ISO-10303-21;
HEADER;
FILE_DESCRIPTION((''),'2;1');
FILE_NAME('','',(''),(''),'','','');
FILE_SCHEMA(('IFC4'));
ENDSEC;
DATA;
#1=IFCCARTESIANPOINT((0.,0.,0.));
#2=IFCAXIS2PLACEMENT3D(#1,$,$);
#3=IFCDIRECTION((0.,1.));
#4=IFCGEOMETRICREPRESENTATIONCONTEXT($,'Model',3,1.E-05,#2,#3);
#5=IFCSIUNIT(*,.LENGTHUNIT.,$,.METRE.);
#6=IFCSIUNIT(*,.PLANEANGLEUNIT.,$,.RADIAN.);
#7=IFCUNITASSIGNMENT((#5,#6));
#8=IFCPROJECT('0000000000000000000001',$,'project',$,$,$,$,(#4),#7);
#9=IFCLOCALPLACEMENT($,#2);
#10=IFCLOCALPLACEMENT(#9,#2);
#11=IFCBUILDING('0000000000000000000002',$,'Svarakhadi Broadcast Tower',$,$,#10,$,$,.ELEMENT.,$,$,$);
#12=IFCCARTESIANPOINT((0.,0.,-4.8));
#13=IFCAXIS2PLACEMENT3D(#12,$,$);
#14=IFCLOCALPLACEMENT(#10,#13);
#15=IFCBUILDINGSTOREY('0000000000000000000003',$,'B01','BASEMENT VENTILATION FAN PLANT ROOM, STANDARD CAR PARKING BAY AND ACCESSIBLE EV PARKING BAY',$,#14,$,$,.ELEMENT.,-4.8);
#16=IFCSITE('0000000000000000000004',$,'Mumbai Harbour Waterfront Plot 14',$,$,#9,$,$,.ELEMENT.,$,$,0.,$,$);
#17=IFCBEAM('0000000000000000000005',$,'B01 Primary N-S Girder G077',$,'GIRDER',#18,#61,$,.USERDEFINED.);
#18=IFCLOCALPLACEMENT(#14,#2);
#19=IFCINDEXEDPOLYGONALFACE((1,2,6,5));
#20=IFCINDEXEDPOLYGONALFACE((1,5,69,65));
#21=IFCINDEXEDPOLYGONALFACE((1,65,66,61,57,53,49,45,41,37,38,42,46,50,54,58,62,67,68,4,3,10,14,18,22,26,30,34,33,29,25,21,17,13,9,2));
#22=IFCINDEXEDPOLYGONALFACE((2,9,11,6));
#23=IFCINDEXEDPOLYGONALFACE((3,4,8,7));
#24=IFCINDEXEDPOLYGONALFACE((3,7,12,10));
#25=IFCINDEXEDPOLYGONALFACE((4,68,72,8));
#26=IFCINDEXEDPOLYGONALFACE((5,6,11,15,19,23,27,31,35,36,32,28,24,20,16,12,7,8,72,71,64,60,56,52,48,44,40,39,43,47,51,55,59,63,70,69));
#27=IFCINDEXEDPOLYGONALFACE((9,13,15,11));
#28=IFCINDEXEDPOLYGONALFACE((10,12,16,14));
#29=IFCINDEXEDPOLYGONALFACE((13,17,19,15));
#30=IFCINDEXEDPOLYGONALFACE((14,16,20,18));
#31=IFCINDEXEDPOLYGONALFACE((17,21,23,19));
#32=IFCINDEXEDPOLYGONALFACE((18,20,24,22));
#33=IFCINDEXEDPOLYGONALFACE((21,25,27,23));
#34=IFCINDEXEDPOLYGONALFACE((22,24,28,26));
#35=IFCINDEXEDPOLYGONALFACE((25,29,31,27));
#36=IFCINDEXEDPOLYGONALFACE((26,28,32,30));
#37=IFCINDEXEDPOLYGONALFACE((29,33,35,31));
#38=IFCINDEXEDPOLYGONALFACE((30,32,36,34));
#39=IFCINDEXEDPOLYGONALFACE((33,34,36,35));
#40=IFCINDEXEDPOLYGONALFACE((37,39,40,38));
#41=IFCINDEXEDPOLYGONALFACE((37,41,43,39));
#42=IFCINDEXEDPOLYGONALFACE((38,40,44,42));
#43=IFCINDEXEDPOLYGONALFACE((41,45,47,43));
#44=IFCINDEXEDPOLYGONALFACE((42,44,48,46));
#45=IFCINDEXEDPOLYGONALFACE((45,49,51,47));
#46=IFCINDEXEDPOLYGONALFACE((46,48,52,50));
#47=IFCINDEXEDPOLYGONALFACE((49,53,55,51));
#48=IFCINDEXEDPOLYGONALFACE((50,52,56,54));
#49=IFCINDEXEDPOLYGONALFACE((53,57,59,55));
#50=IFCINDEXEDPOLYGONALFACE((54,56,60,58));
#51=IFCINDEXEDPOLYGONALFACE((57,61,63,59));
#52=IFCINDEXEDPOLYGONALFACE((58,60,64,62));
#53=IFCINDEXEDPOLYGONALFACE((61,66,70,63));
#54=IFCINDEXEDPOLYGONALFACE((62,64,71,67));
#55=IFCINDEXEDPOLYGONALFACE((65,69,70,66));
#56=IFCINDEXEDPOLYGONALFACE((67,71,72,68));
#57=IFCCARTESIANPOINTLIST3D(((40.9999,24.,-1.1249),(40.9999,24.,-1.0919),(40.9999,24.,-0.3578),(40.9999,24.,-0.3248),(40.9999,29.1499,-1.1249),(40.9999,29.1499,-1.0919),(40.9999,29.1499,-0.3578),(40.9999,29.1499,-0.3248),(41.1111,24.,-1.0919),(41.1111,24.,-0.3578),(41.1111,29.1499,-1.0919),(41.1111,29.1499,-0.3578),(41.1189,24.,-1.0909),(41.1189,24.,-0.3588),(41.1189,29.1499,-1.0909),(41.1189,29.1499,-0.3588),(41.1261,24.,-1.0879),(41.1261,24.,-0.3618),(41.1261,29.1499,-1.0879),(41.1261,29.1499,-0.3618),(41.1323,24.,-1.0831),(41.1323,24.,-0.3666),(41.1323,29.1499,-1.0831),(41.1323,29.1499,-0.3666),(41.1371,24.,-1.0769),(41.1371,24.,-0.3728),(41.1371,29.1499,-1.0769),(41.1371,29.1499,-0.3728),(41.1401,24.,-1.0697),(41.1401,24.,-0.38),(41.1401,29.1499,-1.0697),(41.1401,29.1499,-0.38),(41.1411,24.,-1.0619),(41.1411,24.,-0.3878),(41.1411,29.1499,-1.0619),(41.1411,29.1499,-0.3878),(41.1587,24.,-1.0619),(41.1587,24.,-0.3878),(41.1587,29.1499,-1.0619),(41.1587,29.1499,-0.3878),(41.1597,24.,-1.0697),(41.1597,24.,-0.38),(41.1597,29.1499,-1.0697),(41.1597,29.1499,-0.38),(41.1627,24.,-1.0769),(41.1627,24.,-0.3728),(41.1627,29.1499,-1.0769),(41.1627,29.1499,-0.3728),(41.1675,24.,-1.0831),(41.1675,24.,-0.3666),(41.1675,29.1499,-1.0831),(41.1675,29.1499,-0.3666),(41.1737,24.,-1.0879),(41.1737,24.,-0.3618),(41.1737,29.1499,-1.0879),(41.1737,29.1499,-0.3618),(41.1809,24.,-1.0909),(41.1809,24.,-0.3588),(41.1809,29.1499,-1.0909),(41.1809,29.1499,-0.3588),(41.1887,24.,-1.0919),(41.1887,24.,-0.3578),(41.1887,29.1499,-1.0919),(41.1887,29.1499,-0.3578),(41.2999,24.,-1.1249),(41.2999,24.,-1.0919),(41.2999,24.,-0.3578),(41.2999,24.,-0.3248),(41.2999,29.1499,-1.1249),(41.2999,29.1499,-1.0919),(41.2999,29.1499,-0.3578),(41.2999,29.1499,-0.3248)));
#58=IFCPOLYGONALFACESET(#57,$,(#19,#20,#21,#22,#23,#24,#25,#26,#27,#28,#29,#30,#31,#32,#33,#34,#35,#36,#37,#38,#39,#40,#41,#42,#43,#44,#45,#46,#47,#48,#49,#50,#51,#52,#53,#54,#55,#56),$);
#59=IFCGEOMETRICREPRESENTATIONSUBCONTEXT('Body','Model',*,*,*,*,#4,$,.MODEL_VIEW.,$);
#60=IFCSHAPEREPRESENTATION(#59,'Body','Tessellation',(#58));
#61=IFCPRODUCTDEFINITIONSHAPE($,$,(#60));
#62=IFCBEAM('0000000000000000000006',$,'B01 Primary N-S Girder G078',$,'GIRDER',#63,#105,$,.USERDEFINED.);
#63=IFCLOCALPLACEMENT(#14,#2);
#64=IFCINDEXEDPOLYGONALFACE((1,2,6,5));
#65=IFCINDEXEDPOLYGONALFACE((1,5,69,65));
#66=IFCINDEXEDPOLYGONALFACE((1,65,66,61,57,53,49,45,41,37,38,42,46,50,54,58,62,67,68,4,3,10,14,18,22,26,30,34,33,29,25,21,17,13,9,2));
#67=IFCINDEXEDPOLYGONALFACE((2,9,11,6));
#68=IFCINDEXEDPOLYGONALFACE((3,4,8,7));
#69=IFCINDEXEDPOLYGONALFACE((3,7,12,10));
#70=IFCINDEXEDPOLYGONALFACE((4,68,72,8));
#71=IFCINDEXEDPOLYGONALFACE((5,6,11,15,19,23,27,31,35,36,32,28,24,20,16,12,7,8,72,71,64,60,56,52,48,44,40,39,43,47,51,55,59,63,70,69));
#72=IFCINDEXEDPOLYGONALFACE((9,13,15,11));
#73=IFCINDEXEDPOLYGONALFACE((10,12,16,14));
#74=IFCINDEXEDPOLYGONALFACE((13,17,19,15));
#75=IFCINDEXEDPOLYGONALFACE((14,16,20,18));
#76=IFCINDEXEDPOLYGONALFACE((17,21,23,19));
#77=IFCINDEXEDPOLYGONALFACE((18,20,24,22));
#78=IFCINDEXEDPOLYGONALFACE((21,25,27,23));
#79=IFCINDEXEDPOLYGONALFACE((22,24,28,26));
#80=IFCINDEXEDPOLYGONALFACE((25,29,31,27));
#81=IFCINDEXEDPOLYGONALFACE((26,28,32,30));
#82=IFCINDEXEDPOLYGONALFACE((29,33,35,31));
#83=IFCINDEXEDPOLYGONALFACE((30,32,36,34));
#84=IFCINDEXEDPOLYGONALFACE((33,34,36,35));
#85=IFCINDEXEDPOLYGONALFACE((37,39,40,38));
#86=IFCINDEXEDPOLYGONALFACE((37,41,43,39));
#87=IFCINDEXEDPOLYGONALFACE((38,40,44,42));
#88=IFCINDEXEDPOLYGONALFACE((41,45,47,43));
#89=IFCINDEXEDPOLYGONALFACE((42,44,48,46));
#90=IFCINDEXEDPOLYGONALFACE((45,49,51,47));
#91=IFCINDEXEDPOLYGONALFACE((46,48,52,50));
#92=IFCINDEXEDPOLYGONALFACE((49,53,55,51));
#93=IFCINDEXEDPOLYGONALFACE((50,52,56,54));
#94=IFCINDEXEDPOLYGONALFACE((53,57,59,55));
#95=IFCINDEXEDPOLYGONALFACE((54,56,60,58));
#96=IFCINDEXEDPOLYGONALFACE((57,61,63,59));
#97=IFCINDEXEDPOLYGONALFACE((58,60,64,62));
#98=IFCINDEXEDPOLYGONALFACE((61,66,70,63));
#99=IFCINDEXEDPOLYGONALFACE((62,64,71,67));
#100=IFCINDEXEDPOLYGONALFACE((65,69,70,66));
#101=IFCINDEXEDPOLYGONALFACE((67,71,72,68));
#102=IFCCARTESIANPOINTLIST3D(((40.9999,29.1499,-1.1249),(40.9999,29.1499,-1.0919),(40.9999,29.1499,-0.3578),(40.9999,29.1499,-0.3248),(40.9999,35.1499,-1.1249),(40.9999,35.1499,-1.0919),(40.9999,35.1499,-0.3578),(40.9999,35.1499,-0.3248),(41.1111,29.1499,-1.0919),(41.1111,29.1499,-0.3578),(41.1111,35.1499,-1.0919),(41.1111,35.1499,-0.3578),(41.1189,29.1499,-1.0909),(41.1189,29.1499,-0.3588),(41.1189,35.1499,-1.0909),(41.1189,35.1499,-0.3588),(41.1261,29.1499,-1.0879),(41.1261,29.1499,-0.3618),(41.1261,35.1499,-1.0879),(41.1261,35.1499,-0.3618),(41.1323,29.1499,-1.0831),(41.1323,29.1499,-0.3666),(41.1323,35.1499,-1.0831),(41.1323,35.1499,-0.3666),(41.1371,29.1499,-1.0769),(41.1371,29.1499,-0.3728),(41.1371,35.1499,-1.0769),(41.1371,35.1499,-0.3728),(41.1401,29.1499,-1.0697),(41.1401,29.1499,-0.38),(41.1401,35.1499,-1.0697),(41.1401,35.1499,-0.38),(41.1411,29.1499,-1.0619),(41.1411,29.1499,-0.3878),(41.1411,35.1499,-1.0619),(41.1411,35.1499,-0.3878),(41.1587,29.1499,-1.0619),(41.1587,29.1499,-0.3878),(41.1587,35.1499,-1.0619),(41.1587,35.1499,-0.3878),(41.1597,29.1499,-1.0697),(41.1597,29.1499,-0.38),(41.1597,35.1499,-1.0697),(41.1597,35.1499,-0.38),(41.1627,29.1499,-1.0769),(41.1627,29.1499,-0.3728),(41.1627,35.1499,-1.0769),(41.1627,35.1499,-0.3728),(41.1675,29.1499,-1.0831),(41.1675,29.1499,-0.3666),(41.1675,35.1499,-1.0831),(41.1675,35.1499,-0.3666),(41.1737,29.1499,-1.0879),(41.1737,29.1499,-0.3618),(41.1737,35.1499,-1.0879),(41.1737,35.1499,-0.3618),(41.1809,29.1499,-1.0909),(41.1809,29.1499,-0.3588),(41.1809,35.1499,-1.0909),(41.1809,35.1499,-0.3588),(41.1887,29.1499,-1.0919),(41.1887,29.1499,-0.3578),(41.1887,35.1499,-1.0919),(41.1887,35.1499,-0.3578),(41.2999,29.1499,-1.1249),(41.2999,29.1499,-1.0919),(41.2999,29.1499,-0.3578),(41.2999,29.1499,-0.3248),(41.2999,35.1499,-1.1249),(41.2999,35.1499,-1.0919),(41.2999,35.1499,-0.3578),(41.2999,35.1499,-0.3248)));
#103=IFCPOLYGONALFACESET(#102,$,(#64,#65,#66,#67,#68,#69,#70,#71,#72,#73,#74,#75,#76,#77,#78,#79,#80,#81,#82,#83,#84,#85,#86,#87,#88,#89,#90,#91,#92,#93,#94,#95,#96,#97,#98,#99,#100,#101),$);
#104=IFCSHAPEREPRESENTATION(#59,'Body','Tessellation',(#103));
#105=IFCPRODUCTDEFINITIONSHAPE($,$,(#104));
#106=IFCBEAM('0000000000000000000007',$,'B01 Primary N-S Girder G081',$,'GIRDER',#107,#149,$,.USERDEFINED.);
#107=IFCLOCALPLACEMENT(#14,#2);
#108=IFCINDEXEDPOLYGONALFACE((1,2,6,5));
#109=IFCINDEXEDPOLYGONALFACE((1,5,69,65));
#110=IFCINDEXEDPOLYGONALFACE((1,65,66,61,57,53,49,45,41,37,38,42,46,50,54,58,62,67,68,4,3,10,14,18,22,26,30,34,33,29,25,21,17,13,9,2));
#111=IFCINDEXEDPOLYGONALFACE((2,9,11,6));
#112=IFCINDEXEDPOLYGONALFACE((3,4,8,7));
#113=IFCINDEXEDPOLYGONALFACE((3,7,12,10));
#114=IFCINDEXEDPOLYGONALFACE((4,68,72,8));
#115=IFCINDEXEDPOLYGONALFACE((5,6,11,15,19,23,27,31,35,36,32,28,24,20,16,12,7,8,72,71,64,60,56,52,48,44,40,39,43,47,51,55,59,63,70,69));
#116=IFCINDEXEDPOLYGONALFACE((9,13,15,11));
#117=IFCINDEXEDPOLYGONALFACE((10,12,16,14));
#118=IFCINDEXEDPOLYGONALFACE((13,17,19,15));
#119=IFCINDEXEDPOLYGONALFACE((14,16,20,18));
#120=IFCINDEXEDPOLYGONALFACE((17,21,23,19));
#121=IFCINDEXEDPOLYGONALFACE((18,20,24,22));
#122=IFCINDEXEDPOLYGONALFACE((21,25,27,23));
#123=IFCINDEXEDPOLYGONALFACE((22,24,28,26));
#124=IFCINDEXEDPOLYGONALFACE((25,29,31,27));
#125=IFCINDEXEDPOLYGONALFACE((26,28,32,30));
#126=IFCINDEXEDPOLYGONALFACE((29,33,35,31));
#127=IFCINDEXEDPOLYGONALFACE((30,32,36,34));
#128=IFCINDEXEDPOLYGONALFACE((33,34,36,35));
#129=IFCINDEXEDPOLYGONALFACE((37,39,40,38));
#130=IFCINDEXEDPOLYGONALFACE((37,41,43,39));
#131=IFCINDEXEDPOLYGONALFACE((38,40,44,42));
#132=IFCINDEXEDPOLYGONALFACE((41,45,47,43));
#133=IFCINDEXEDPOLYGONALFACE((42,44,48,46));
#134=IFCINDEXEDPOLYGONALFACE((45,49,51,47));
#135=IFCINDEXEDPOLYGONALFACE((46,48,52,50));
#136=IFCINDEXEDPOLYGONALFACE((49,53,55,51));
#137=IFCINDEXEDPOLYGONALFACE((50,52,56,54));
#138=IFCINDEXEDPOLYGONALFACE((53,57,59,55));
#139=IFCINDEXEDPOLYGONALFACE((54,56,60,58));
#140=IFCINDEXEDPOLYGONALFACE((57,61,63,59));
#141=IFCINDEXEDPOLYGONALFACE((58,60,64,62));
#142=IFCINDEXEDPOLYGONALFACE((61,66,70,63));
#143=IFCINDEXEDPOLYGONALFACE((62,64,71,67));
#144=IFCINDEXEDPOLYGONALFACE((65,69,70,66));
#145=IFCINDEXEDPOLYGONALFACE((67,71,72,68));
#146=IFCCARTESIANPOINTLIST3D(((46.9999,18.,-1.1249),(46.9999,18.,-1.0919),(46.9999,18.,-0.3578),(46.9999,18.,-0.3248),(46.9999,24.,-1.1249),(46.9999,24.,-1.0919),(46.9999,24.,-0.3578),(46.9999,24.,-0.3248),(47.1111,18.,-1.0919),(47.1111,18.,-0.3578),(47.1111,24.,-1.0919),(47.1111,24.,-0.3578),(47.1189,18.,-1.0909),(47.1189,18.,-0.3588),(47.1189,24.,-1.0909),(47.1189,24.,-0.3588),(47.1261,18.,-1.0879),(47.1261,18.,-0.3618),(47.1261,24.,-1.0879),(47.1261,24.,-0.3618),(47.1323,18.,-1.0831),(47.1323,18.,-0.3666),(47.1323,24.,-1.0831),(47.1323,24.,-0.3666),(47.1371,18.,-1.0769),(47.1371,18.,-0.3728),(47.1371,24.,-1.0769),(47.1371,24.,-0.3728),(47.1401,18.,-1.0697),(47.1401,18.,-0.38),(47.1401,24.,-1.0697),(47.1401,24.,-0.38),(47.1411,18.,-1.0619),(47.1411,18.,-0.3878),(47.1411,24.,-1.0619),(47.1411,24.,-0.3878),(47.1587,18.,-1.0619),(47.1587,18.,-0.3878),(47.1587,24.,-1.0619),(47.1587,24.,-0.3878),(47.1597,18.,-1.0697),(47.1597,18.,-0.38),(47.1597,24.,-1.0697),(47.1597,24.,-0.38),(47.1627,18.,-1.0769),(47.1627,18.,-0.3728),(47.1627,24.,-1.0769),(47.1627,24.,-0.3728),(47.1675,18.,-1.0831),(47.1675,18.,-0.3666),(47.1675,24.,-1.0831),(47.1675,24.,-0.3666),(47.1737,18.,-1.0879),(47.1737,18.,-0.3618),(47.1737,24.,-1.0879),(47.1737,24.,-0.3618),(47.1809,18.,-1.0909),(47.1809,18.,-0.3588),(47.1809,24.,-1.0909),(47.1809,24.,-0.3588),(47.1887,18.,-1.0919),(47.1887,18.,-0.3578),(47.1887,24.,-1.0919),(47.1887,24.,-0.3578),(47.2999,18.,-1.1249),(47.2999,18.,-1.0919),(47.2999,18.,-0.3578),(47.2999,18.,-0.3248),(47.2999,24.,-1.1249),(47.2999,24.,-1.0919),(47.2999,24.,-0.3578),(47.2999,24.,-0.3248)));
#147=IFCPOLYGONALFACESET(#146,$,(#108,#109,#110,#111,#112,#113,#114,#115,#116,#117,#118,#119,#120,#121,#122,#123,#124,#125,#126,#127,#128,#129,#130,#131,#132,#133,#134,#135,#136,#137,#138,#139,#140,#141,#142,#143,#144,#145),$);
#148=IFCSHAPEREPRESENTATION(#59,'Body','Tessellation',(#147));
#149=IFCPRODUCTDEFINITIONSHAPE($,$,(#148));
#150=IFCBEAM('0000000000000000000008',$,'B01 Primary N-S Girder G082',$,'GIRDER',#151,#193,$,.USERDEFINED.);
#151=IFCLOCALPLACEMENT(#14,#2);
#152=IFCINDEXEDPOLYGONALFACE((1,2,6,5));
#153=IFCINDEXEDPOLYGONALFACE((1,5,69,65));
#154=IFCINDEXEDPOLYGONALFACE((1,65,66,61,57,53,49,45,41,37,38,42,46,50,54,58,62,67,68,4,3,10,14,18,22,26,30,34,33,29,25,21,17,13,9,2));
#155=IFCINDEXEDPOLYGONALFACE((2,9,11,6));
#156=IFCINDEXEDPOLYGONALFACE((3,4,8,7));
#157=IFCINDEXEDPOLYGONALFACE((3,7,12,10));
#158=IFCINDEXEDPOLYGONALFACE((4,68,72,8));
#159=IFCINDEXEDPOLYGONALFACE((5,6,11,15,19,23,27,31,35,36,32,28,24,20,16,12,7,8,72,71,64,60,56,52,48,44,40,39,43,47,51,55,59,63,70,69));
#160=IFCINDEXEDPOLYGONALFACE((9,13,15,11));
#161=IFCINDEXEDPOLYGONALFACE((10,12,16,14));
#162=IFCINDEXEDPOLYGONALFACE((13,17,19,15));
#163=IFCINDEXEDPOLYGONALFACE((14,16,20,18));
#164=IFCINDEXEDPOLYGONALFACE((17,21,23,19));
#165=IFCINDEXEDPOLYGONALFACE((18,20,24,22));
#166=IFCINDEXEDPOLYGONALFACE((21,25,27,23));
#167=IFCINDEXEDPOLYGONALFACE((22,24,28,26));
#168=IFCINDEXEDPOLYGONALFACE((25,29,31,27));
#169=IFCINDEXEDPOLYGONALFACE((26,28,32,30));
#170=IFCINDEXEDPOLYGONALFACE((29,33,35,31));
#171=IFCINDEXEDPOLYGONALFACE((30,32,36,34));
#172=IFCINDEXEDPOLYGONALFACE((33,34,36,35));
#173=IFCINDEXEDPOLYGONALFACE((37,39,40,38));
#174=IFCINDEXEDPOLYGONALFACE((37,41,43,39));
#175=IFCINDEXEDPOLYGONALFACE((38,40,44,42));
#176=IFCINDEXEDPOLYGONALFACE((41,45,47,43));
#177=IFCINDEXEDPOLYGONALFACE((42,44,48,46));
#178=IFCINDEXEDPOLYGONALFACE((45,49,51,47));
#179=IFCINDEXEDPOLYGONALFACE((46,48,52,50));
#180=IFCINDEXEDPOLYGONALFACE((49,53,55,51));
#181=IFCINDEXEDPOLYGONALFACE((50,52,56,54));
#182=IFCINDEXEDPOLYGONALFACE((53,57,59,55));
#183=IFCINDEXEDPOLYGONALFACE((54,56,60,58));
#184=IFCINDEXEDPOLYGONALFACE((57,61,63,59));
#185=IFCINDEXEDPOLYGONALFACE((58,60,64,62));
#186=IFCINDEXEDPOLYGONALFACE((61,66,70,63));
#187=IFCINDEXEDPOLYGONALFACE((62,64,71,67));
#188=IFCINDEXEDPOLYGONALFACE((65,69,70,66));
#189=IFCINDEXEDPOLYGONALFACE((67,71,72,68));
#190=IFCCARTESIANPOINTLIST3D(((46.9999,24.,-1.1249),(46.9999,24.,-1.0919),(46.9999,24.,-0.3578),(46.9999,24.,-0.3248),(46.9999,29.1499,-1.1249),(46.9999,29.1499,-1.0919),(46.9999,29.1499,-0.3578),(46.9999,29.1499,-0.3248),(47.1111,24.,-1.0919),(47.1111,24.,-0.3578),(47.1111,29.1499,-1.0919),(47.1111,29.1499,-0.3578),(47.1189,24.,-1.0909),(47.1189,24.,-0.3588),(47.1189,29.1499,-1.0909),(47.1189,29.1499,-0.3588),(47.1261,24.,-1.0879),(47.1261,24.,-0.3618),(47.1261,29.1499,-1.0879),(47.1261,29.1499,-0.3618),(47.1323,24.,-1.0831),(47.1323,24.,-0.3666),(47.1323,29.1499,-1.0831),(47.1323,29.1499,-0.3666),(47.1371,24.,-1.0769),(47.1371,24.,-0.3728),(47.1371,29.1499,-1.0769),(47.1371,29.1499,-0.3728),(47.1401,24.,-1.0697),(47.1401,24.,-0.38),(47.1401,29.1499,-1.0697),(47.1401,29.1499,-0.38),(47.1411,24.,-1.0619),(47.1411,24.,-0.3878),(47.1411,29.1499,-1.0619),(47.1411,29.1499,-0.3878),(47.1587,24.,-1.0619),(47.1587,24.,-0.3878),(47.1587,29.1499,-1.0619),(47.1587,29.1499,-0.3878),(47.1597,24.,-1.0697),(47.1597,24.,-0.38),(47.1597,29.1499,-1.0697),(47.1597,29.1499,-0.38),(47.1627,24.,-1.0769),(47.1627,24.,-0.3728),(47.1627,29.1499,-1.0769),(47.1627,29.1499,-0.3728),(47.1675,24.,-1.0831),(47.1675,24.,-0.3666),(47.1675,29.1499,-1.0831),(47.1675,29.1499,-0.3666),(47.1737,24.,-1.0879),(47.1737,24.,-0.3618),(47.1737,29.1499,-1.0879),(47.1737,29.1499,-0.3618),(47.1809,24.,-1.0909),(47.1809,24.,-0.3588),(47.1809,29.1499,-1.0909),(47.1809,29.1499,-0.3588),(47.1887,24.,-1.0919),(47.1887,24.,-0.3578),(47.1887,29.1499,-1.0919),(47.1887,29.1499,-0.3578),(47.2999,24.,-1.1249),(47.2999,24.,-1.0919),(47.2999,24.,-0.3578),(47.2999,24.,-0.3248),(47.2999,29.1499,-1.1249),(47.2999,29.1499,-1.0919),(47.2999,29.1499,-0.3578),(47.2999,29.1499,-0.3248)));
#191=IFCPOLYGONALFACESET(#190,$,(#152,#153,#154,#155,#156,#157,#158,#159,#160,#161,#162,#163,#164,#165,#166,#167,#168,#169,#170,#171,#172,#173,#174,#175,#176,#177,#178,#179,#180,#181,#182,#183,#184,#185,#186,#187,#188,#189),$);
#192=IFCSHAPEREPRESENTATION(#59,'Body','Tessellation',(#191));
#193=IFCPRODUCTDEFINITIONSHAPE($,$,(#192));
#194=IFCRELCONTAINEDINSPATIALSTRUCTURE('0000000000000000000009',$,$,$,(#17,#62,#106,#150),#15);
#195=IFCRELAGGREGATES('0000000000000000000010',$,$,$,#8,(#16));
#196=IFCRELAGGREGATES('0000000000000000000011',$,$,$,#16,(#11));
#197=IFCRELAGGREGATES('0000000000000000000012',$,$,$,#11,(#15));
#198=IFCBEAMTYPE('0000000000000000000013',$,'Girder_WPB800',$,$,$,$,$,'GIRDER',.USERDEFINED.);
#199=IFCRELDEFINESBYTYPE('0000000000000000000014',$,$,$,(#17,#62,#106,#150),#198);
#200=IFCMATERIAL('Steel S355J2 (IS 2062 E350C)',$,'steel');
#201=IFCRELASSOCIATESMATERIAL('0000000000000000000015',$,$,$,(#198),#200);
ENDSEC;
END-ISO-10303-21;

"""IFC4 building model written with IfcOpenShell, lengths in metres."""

from ifc_helpers import new_model, si_unit, direction, frame, origin, origin_2d, place, context, subcontext, project, spatial, i_section, extrude, material, material_profile, profile_set, type_object, element, save


model = new_model("IFC4")

# Units and contexts
model_context = context("Model", 3, precision=1e-05, world=origin(), true_north=direction((0.0, 1.0)))
body_context = subcontext(model_context, "Body", "Model", "MODEL_VIEW")
ifc_project = project(units=[si_unit("LENGTHUNIT", "METRE"), si_unit("PLANEANGLEUNIT", "RADIAN")], contexts=[model_context])

# Site, building, storey
site_placement = place(None, origin())
site = spatial("IfcSite", under=ifc_project, at=site_placement, Name="Mumbai Harbour Waterfront Plot 14", CompositionType="ELEMENT", RefElevation=0.0)
building_placement = place(site_placement, origin())
building = spatial("IfcBuilding", under=site, at=building_placement, Name="Svarakhadi Broadcast Tower", CompositionType="ELEMENT")
storey_placement = place(building_placement, frame((0.0, 0.0, -4.8)))
storey = spatial("IfcBuildingStorey", under=building, at=storey_placement, Name="B01", Description="BASEMENT VENTILATION FAN PLANT ROOM, STANDARD CAR PARKING BAY AND ACCESSIBLE EV PARKING BAY", CompositionType="ELEMENT", Elevation=-4.8)

# Beams
ifc_material_1 = material(Name="Steel S355J2 (IS 2062 E350C)", Category="steel")
ifc_material_profile_1 = material_profile(ifc_material_1, i_section(OverallWidth=0.3, OverallDepth=0.8, WebThickness=0.0176, FlangeThickness=0.033, FilletRadius=0.03, at=origin_2d()), Name="WPB 800x300x262")
ifc_profile_set_1 = profile_set([ifc_material_profile_1], Name="Steel S355J2 (IS 2062 E350C)")
beam_type_1 = type_object("IfcBeamType", Name="Girder_WPB800", ElementType="GIRDER", PredefinedType="USERDEFINED", material=ifc_profile_set_1)
beam_1_placement = place(storey_placement, frame((41.1499, 24.0, -0.7249), z_axis=(0.0, 1.0, 0.0), x_axis=(-1.0, 0.0, 0.0)))
element("IfcBeam", 1, at=beam_1_placement, inside=storey, type_object=beam_type_1, Name="B01 Primary N-S Girder G077", ObjectType="GIRDER", PredefinedType="USERDEFINED", context=body_context, shape_type="SweptSolid", body=[
    extrude(i_section(OverallWidth=0.3, OverallDepth=0.8, WebThickness=0.0176, FlangeThickness=0.033, FilletRadius=0.03, at=origin_2d()), origin(), (0.0, 0.0, 1.0), 5.1499),
])
for number, where, z_axis, x_axis, name in (
    (2, (41.1499, 29.1499, -0.7249), (0.0, 1.0, 0.0), (-1.0, 0.0, 0.0), "B01 Primary N-S Girder G078"),
    (3, (47.1499, 18.0, -0.7249), (0.0, 1.0, 0.0), (-1.0, 0.0, 0.0), "B01 Primary N-S Girder G081"),
):
    element("IfcBeam", number, at=place(storey_placement, frame(where, z_axis=z_axis, x_axis=x_axis)), inside=storey, type_object=beam_type_1, Name=name, ObjectType="GIRDER", PredefinedType="USERDEFINED", context=body_context, shape_type="SweptSolid", body=[
        extrude(i_section(OverallWidth=0.3, OverallDepth=0.8, WebThickness=0.0176, FlangeThickness=0.033, FilletRadius=0.03, at=origin_2d()), origin(), (0.0, 0.0, 1.0), 6.0),
    ])
beam_2_placement = place(storey_placement, frame((47.1499, 24.0, -0.7249), z_axis=(0.0, 1.0, 0.0), x_axis=(-1.0, 0.0, 0.0)))
element("IfcBeam", 4, at=beam_2_placement, inside=storey, type_object=beam_type_1, Name="B01 Primary N-S Girder G082", ObjectType="GIRDER", PredefinedType="USERDEFINED", context=body_context, shape_type="SweptSolid", body=[
    extrude(i_section(OverallWidth=0.3, OverallDepth=0.8, WebThickness=0.0176, FlangeThickness=0.033, FilletRadius=0.03, at=origin_2d()), origin(), (0.0, 0.0, 1.0), 5.1499),
])

save(model, "model.ifc")
